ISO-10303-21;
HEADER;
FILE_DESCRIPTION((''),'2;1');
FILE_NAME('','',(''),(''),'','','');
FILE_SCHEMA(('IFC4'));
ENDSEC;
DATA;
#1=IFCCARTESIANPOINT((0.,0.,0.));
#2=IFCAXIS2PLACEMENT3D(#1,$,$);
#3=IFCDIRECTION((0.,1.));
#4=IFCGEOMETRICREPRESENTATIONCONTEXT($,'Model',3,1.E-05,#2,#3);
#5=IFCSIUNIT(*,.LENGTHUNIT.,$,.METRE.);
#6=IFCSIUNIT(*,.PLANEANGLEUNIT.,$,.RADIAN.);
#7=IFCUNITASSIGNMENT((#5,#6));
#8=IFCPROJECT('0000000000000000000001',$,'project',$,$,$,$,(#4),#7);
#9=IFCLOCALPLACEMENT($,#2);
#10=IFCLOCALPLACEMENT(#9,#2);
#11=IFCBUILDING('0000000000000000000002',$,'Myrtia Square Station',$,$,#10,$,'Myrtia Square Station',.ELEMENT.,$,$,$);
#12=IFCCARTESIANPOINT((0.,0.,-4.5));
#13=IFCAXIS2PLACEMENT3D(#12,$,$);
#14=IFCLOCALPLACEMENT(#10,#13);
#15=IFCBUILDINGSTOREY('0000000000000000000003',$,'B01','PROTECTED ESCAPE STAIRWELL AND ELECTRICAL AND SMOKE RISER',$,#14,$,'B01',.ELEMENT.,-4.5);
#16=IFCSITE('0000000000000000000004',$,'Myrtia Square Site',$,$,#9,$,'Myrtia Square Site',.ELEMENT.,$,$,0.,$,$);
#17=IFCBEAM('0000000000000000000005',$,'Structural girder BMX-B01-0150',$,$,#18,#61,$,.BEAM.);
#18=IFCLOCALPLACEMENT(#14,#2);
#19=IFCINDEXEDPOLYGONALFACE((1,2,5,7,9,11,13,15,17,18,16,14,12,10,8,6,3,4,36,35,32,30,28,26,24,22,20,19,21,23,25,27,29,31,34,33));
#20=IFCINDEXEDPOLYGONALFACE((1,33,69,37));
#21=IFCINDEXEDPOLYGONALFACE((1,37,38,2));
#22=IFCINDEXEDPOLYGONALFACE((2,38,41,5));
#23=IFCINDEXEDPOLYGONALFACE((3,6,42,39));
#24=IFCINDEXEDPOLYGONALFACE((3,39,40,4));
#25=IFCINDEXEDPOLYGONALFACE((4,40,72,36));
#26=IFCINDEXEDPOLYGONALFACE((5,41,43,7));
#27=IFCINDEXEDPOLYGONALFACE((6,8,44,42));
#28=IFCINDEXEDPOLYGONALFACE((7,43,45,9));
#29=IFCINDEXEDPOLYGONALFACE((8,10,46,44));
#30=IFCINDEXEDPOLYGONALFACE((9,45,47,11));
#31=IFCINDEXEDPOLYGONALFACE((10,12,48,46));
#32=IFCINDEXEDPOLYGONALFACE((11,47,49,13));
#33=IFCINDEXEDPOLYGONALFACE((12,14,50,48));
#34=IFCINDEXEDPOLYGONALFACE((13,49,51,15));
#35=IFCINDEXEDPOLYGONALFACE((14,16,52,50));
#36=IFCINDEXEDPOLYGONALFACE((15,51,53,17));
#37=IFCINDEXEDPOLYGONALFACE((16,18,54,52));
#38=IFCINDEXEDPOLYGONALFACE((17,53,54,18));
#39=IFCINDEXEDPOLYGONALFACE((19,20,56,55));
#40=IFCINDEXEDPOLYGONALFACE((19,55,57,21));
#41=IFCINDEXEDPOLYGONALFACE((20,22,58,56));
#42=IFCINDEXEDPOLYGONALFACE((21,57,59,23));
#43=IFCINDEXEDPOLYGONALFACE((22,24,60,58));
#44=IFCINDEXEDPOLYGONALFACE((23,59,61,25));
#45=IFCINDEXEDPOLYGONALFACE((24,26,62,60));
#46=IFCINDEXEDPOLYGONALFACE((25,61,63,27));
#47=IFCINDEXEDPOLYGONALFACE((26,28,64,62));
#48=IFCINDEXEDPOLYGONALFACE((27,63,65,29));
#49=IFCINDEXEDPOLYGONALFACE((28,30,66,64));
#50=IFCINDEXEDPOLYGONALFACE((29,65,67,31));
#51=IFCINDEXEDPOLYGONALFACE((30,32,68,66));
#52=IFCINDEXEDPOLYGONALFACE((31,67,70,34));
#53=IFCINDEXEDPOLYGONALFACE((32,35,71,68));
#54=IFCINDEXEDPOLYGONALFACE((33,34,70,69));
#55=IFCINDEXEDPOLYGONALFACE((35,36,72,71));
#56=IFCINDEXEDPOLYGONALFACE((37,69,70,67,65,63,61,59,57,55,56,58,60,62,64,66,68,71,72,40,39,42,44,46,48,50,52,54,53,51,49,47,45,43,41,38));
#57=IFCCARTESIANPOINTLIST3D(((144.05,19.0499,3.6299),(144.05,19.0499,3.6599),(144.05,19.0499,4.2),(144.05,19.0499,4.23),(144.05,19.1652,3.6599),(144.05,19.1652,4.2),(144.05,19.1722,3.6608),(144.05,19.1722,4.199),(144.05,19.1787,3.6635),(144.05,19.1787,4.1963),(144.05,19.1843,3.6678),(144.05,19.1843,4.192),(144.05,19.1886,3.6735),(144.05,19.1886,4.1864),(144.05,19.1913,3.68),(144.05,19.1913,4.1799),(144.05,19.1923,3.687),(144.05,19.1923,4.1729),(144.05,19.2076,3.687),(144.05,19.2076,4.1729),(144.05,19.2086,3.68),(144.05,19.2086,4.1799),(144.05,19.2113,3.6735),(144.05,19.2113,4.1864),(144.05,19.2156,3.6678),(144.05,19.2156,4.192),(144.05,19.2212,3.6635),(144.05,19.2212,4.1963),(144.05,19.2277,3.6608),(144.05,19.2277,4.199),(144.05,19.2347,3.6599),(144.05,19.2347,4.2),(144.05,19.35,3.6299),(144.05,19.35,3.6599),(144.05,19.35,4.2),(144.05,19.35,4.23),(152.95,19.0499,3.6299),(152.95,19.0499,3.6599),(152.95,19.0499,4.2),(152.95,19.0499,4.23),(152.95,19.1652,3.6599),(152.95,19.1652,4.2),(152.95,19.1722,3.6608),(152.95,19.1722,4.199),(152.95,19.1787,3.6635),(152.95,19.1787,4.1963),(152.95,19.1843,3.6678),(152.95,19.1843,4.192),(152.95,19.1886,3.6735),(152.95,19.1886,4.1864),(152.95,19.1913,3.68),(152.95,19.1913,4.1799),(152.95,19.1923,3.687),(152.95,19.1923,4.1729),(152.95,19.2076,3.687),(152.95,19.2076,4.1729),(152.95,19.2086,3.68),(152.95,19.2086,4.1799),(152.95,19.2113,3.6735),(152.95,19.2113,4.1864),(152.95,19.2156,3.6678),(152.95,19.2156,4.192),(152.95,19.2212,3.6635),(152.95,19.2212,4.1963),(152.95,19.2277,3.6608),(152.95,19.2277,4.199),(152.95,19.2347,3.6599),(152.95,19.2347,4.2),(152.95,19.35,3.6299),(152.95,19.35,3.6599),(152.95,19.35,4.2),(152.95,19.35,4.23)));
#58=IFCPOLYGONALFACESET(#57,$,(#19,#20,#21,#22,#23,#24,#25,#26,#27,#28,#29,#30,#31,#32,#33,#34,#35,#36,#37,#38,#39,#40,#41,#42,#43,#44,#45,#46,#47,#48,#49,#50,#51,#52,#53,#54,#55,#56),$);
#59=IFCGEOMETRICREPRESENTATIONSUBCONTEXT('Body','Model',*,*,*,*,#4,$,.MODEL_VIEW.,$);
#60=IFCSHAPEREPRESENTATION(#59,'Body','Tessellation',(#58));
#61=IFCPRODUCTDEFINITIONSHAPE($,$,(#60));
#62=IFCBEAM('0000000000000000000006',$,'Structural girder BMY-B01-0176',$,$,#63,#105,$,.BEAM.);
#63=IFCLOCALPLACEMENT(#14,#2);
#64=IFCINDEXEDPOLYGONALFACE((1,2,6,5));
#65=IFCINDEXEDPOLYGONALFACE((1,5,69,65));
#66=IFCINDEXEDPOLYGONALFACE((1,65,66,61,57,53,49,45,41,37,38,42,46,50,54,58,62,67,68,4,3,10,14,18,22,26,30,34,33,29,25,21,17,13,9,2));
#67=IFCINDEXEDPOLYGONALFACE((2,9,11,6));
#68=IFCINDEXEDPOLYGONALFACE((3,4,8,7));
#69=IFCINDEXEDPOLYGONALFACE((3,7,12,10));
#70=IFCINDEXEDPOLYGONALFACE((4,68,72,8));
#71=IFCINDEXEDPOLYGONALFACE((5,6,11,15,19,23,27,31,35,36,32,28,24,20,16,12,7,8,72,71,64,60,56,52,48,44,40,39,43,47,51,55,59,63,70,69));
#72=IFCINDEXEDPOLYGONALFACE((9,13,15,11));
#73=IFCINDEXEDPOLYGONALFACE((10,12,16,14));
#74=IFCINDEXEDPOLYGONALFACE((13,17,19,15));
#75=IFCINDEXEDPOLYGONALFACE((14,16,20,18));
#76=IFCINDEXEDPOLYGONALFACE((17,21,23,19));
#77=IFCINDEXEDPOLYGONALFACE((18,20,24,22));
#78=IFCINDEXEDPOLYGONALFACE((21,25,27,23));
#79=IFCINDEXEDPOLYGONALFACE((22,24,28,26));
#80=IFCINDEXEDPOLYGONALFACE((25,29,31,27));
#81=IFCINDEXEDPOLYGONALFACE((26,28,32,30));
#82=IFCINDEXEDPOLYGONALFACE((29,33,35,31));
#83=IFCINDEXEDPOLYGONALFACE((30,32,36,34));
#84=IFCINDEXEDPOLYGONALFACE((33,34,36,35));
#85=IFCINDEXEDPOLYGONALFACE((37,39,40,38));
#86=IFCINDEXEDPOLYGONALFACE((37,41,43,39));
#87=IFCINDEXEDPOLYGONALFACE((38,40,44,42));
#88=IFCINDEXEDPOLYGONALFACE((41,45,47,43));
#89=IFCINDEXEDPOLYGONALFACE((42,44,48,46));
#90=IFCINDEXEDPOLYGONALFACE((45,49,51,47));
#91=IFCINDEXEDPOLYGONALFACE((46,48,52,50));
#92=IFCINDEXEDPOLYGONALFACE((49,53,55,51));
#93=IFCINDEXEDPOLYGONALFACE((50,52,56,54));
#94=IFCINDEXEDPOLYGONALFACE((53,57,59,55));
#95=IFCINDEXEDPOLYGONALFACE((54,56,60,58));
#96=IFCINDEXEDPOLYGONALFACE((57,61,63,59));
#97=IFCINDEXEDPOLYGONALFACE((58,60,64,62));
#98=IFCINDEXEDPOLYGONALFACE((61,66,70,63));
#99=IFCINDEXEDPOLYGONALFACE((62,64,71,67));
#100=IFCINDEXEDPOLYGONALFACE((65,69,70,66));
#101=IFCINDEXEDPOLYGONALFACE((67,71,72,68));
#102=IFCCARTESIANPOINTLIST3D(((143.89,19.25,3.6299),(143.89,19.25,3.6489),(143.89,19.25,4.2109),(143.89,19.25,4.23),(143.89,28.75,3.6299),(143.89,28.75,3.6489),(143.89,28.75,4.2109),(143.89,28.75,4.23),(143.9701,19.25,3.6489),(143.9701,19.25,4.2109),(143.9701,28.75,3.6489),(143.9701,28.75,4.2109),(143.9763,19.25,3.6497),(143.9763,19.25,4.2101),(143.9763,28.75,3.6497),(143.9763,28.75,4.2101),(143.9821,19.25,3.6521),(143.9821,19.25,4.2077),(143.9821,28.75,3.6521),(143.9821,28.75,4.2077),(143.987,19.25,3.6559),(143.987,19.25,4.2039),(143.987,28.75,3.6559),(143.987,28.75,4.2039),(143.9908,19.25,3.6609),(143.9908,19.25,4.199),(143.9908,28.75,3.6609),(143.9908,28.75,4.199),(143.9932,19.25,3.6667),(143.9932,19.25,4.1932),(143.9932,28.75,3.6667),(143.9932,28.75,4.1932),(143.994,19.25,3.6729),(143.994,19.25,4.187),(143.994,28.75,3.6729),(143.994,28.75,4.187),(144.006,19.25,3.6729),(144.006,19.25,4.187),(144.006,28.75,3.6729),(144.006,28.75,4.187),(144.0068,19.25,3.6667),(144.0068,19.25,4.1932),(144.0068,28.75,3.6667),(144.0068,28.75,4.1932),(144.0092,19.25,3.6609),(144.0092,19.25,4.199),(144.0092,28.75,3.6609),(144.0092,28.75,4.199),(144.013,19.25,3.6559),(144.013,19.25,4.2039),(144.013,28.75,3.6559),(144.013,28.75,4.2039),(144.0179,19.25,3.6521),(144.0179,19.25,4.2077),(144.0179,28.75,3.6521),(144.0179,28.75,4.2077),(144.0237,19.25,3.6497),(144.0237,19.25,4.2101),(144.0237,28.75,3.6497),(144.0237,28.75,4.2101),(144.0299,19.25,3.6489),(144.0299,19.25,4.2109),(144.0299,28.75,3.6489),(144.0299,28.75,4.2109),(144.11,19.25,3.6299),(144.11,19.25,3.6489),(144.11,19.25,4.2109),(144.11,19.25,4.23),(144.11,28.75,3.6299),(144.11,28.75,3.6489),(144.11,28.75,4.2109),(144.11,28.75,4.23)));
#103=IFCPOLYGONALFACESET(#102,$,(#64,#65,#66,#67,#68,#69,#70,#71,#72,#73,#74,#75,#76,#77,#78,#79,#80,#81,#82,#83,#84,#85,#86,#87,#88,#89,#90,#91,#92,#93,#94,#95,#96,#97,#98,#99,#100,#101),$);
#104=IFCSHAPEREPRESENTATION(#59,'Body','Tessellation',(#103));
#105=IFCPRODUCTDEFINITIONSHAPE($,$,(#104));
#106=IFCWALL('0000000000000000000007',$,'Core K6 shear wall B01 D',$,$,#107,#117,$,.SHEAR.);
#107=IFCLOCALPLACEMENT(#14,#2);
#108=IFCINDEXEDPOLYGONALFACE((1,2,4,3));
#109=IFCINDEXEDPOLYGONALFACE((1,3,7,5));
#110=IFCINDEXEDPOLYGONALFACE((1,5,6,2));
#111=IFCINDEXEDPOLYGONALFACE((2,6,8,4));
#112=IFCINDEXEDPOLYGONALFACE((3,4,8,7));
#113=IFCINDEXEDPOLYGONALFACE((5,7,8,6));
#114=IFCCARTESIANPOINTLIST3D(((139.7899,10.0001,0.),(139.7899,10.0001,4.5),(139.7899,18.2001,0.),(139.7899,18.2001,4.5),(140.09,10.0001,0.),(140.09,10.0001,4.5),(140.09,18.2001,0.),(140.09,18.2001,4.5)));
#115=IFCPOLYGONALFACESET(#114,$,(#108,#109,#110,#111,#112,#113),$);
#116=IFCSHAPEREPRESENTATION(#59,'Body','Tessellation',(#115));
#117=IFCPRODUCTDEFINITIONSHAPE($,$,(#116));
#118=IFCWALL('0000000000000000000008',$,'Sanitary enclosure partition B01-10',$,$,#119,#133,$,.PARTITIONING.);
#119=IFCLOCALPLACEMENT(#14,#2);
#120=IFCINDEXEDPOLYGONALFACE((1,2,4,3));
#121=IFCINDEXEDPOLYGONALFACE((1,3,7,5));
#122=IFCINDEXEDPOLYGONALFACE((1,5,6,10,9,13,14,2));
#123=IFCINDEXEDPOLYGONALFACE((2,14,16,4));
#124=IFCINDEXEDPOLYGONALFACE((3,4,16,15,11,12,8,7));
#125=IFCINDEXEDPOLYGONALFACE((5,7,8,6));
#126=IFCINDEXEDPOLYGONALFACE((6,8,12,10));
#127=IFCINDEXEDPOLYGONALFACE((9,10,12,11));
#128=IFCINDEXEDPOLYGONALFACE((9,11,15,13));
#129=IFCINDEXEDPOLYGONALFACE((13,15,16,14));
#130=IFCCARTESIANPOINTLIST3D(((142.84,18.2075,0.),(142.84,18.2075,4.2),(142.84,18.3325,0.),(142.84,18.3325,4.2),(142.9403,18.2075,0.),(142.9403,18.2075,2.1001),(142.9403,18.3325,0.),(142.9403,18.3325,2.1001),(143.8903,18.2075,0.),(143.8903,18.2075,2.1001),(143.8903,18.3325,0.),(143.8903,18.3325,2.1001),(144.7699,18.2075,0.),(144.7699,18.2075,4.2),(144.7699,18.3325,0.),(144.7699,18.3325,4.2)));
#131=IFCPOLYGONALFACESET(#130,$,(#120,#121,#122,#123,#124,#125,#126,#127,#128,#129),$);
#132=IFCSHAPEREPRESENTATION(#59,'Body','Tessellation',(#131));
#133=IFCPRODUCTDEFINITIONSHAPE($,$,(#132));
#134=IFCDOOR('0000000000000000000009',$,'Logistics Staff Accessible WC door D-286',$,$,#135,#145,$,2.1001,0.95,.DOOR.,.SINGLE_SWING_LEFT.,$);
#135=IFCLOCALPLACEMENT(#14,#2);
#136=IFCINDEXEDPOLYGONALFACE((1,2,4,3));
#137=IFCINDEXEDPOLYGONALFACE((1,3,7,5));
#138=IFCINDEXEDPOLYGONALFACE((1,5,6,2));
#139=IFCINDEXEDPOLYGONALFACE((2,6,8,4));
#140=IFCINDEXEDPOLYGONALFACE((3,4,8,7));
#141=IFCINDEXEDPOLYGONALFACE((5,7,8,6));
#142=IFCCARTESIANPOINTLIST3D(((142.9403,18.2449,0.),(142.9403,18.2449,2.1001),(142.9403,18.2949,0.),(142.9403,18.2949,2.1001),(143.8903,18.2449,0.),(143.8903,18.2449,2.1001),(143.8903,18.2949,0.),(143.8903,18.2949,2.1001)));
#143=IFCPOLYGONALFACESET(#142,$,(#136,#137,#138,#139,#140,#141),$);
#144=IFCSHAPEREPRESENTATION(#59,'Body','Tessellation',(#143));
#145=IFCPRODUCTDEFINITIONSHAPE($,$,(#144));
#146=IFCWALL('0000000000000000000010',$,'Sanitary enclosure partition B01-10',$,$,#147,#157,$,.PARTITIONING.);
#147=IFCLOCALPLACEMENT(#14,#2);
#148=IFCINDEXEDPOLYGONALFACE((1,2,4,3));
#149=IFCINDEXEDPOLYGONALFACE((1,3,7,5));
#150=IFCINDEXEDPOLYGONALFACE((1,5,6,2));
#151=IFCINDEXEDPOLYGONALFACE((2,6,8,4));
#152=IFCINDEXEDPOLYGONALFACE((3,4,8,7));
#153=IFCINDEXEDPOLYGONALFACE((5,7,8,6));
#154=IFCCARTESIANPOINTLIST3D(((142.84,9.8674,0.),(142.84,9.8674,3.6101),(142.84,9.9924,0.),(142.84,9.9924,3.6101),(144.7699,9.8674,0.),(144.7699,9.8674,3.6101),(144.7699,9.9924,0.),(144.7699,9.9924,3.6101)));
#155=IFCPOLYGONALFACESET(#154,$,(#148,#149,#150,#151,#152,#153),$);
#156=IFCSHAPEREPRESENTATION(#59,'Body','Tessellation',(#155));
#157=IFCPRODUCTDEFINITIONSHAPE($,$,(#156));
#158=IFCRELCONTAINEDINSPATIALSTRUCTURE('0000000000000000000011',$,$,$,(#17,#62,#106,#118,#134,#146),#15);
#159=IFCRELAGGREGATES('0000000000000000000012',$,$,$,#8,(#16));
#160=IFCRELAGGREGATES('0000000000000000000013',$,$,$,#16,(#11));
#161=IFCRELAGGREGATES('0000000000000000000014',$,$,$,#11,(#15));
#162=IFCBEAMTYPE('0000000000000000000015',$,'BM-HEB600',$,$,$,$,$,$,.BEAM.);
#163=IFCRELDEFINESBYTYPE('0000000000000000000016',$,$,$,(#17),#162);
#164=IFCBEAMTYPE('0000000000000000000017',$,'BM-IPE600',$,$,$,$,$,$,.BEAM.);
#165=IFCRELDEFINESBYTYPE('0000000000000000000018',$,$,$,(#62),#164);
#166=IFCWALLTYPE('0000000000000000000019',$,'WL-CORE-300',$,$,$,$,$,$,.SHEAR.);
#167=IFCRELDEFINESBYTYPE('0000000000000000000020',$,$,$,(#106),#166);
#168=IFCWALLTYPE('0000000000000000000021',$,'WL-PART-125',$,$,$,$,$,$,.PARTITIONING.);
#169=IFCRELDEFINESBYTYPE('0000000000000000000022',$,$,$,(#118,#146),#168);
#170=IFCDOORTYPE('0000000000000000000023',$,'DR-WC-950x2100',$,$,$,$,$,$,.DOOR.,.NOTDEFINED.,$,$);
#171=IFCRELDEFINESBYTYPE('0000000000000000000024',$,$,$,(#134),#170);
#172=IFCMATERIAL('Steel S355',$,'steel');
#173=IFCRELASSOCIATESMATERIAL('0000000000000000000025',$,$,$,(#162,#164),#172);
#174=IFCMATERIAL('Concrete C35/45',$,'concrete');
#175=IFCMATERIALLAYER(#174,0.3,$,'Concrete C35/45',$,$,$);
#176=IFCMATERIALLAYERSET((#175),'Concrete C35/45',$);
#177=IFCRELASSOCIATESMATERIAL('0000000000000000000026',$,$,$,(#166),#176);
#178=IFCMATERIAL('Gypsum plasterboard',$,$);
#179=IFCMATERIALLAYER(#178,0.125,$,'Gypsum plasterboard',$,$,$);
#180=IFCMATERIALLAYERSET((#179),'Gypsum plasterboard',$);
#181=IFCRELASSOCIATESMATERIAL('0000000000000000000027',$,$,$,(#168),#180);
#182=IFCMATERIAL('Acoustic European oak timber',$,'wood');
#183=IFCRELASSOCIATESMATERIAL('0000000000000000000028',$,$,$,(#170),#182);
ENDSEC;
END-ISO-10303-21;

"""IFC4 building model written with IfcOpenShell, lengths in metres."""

from ifc_helpers import new_model, si_unit, direction, frame, frame_2d, origin, origin_2d, place, context, subcontext, project, spatial, rectangle, i_section, extrude, material, layer, layer_set, material_profile, profile_set, type_object, element, fill, save


model = new_model("IFC4")

# Units and contexts
model_context = context("Model", 3, precision=1e-05, world=origin(), true_north=direction((0.0, 1.0)))
body_context = subcontext(model_context, "Body", "Model", "MODEL_VIEW")
ifc_project = project(units=[si_unit("LENGTHUNIT", "METRE"), si_unit("PLANEANGLEUNIT", "RADIAN")], contexts=[model_context])

# Site, building, storey
site_placement = place(None, origin())
site = spatial("IfcSite", under=ifc_project, at=site_placement, Name="Myrtia Square Site", LongName="Myrtia Square Site", CompositionType="ELEMENT", RefElevation=0.0)
building_placement = place(site_placement, origin())
building = spatial("IfcBuilding", under=site, at=building_placement, Name="Myrtia Square Station", LongName="Myrtia Square Station", CompositionType="ELEMENT")
storey_placement = place(building_placement, frame((0.0, 0.0, -4.5)))
storey = spatial("IfcBuildingStorey", under=building, at=storey_placement, Name="B01", Description="PROTECTED ESCAPE STAIRWELL AND ELECTRICAL AND SMOKE RISER", LongName="B01", CompositionType="ELEMENT", Elevation=-4.5)

# Shared definitions
ifc_material_1 = material(Name="Concrete C35/45", Category="concrete")

# Shared definitions
ifc_material_2 = material(Name="Steel S355", Category="steel")

# Beams
ifc_material_profile_1 = material_profile(ifc_material_2, i_section(OverallWidth=0.3, OverallDepth=0.6001, WebThickness=0.0154, FlangeThickness=0.03, FilletRadius=0.0271, at=origin_2d()), Name="HEB 600")
ifc_profile_set_1 = profile_set([ifc_material_profile_1], Name="Steel S355")
beam_type_1 = type_object("IfcBeamType", Name="BM-HEB600", PredefinedType="BEAM", material=ifc_profile_set_1)
beam_1_placement = place(storey_placement, frame((144.05, 19.2, 3.9299), z_axis=(1.0, 0.0, 0.0), x_axis=(0.0, 1.0, 0.0)))
element("IfcBeam", 1, at=beam_1_placement, inside=storey, type_object=beam_type_1, Name="Structural girder BMX-B01-0150", PredefinedType="BEAM", context=body_context, shape_type="SweptSolid", body=[
    extrude(i_section(OverallWidth=0.3, OverallDepth=0.6001, WebThickness=0.0154, FlangeThickness=0.03, FilletRadius=0.0271, at=origin_2d()), origin(), (0.0, 0.0, 1.0), 8.8999),
])
ifc_material_profile_2 = material_profile(ifc_material_2, i_section(OverallWidth=0.22, OverallDepth=0.6001, WebThickness=0.012, FlangeThickness=0.019, FilletRadius=0.0239, at=origin_2d()), Name="IPE 600")
ifc_profile_set_2 = profile_set([ifc_material_profile_2], Name="Steel S355")
beam_type_2 = type_object("IfcBeamType", Name="BM-IPE600", PredefinedType="BEAM", material=ifc_profile_set_2)
beam_2_placement = place(storey_placement, frame((144.0, 19.25, 3.9299), z_axis=(0.0, 1.0, 0.0), x_axis=(-1.0, 0.0, 0.0)))
element("IfcBeam", 2, at=beam_2_placement, inside=storey, type_object=beam_type_2, Name="Structural girder BMY-B01-0176", PredefinedType="BEAM", context=body_context, shape_type="SweptSolid", body=[
    extrude(i_section(OverallWidth=0.22, OverallDepth=0.6001, WebThickness=0.012, FlangeThickness=0.019, FilletRadius=0.0239, at=origin_2d()), origin(), (0.0, 0.0, 1.0), 9.5),
])

# Wall
ifc_layer_1 = layer(ifc_material_1, 0.3, Name="Concrete C35/45")
ifc_layer_set_1 = layer_set([ifc_layer_1], Name="Concrete C35/45")
wall_type_1 = type_object("IfcWallType", Name="WL-CORE-300", PredefinedType="SHEAR", material=ifc_layer_set_1)
wall_1_placement = place(storey_placement, frame((139.9399, 10.0, 0.0), z_axis=(0.0, 0.0, 1.0), x_axis=(0.0, 1.0, 0.0)))
element("IfcWall", 3, at=wall_1_placement, inside=storey, type_object=wall_type_1, Name="Core K6 shear wall B01 D", PredefinedType="SHEAR", context=body_context, shape_type="SweptSolid", body=[
    extrude(rectangle(XDim=8.2, YDim=0.3, at=frame_2d((4.1001, 0.0))), origin(), (0.0, 0.0, 1.0), 4.5),
])

# Wall, opening, door
ifc_material_3 = material(Name="Gypsum plasterboard")
ifc_layer_2 = layer(ifc_material_3, 0.125, Name="Gypsum plasterboard")
ifc_layer_set_2 = layer_set([ifc_layer_2], Name="Gypsum plasterboard")
wall_type_2 = type_object("IfcWallType", Name="WL-PART-125", PredefinedType="PARTITIONING", material=ifc_layer_set_2)
wall_2_placement = place(storey_placement, frame((142.8401, 18.27, 0.0), z_axis=(0.0, 0.0, 1.0), x_axis=(1.0, 0.0, 0.0)))
wall_2 = element("IfcWall", 4, at=wall_2_placement, inside=storey, type_object=wall_type_2, Name="Sanitary enclosure partition B01-10", PredefinedType="PARTITIONING", context=body_context, shape_type="SweptSolid", body=[
    extrude(rectangle(XDim=1.9299, YDim=0.125, at=frame_2d((0.9648, 0.0))), origin(), (0.0, 0.0, 1.0), 4.2),
])
opening_1_placement = place(wall_2_placement, frame((0.1001, 0.0, 0.0)))
opening_1 = element("IfcOpeningElement", 5, at=opening_1_placement, cuts=wall_2, PredefinedType="OPENING", context=body_context, shape_type="SweptSolid", body=[
    extrude(rectangle(XDim=0.95, YDim=2.1001, at=frame_2d((0.4751, 1.05))), frame((0.0, 0.0774, 0.0), z_axis=(0.0, -1.0, 0.0), x_axis=(1.0, 0.0, 0.0)), (0.0, 0.0, 1.0), 0.155),
])
ifc_material_4 = material(Name="Acoustic European oak timber", Category="wood")
door_type_1 = type_object("IfcDoorType", Name="DR-WC-950x2100", OperationType="NOTDEFINED", PredefinedType="DOOR", material=ifc_material_4)
door_1_placement = place(opening_1_placement, origin())
door_1 = element("IfcDoor", 6, at=door_1_placement, inside=storey, type_object=door_type_1, Name="Logistics Staff Accessible WC door D-286", OperationType="SINGLE_SWING_LEFT", OverallHeight=2.1001, OverallWidth=0.95, PredefinedType="DOOR", context=body_context, shape_type="SweptSolid", body=[
    extrude(rectangle(XDim=0.95, YDim=2.1001, at=frame_2d((0.4751, 1.05))), frame((0.0, 0.0249, 0.0), z_axis=(0.0, -1.0, 0.0), x_axis=(1.0, 0.0, 0.0)), (0.0, 0.0, 1.0), 0.05),
])
fill(opening_1, door_1)

# Wall
wall_3_placement = place(storey_placement, frame((142.8401, 9.9299, 0.0), z_axis=(0.0, 0.0, 1.0), x_axis=(1.0, 0.0, 0.0)))
element("IfcWall", 7, at=wall_3_placement, inside=storey, type_object=wall_type_2, Name="Sanitary enclosure partition B01-10", PredefinedType="PARTITIONING", context=body_context, shape_type="SweptSolid", body=[
    extrude(rectangle(XDim=1.9299, YDim=0.125, at=frame_2d((0.9648, 0.0))), origin(), (0.0, 0.0, 1.0), 3.6101),
])

save(model, "model.ifc")
